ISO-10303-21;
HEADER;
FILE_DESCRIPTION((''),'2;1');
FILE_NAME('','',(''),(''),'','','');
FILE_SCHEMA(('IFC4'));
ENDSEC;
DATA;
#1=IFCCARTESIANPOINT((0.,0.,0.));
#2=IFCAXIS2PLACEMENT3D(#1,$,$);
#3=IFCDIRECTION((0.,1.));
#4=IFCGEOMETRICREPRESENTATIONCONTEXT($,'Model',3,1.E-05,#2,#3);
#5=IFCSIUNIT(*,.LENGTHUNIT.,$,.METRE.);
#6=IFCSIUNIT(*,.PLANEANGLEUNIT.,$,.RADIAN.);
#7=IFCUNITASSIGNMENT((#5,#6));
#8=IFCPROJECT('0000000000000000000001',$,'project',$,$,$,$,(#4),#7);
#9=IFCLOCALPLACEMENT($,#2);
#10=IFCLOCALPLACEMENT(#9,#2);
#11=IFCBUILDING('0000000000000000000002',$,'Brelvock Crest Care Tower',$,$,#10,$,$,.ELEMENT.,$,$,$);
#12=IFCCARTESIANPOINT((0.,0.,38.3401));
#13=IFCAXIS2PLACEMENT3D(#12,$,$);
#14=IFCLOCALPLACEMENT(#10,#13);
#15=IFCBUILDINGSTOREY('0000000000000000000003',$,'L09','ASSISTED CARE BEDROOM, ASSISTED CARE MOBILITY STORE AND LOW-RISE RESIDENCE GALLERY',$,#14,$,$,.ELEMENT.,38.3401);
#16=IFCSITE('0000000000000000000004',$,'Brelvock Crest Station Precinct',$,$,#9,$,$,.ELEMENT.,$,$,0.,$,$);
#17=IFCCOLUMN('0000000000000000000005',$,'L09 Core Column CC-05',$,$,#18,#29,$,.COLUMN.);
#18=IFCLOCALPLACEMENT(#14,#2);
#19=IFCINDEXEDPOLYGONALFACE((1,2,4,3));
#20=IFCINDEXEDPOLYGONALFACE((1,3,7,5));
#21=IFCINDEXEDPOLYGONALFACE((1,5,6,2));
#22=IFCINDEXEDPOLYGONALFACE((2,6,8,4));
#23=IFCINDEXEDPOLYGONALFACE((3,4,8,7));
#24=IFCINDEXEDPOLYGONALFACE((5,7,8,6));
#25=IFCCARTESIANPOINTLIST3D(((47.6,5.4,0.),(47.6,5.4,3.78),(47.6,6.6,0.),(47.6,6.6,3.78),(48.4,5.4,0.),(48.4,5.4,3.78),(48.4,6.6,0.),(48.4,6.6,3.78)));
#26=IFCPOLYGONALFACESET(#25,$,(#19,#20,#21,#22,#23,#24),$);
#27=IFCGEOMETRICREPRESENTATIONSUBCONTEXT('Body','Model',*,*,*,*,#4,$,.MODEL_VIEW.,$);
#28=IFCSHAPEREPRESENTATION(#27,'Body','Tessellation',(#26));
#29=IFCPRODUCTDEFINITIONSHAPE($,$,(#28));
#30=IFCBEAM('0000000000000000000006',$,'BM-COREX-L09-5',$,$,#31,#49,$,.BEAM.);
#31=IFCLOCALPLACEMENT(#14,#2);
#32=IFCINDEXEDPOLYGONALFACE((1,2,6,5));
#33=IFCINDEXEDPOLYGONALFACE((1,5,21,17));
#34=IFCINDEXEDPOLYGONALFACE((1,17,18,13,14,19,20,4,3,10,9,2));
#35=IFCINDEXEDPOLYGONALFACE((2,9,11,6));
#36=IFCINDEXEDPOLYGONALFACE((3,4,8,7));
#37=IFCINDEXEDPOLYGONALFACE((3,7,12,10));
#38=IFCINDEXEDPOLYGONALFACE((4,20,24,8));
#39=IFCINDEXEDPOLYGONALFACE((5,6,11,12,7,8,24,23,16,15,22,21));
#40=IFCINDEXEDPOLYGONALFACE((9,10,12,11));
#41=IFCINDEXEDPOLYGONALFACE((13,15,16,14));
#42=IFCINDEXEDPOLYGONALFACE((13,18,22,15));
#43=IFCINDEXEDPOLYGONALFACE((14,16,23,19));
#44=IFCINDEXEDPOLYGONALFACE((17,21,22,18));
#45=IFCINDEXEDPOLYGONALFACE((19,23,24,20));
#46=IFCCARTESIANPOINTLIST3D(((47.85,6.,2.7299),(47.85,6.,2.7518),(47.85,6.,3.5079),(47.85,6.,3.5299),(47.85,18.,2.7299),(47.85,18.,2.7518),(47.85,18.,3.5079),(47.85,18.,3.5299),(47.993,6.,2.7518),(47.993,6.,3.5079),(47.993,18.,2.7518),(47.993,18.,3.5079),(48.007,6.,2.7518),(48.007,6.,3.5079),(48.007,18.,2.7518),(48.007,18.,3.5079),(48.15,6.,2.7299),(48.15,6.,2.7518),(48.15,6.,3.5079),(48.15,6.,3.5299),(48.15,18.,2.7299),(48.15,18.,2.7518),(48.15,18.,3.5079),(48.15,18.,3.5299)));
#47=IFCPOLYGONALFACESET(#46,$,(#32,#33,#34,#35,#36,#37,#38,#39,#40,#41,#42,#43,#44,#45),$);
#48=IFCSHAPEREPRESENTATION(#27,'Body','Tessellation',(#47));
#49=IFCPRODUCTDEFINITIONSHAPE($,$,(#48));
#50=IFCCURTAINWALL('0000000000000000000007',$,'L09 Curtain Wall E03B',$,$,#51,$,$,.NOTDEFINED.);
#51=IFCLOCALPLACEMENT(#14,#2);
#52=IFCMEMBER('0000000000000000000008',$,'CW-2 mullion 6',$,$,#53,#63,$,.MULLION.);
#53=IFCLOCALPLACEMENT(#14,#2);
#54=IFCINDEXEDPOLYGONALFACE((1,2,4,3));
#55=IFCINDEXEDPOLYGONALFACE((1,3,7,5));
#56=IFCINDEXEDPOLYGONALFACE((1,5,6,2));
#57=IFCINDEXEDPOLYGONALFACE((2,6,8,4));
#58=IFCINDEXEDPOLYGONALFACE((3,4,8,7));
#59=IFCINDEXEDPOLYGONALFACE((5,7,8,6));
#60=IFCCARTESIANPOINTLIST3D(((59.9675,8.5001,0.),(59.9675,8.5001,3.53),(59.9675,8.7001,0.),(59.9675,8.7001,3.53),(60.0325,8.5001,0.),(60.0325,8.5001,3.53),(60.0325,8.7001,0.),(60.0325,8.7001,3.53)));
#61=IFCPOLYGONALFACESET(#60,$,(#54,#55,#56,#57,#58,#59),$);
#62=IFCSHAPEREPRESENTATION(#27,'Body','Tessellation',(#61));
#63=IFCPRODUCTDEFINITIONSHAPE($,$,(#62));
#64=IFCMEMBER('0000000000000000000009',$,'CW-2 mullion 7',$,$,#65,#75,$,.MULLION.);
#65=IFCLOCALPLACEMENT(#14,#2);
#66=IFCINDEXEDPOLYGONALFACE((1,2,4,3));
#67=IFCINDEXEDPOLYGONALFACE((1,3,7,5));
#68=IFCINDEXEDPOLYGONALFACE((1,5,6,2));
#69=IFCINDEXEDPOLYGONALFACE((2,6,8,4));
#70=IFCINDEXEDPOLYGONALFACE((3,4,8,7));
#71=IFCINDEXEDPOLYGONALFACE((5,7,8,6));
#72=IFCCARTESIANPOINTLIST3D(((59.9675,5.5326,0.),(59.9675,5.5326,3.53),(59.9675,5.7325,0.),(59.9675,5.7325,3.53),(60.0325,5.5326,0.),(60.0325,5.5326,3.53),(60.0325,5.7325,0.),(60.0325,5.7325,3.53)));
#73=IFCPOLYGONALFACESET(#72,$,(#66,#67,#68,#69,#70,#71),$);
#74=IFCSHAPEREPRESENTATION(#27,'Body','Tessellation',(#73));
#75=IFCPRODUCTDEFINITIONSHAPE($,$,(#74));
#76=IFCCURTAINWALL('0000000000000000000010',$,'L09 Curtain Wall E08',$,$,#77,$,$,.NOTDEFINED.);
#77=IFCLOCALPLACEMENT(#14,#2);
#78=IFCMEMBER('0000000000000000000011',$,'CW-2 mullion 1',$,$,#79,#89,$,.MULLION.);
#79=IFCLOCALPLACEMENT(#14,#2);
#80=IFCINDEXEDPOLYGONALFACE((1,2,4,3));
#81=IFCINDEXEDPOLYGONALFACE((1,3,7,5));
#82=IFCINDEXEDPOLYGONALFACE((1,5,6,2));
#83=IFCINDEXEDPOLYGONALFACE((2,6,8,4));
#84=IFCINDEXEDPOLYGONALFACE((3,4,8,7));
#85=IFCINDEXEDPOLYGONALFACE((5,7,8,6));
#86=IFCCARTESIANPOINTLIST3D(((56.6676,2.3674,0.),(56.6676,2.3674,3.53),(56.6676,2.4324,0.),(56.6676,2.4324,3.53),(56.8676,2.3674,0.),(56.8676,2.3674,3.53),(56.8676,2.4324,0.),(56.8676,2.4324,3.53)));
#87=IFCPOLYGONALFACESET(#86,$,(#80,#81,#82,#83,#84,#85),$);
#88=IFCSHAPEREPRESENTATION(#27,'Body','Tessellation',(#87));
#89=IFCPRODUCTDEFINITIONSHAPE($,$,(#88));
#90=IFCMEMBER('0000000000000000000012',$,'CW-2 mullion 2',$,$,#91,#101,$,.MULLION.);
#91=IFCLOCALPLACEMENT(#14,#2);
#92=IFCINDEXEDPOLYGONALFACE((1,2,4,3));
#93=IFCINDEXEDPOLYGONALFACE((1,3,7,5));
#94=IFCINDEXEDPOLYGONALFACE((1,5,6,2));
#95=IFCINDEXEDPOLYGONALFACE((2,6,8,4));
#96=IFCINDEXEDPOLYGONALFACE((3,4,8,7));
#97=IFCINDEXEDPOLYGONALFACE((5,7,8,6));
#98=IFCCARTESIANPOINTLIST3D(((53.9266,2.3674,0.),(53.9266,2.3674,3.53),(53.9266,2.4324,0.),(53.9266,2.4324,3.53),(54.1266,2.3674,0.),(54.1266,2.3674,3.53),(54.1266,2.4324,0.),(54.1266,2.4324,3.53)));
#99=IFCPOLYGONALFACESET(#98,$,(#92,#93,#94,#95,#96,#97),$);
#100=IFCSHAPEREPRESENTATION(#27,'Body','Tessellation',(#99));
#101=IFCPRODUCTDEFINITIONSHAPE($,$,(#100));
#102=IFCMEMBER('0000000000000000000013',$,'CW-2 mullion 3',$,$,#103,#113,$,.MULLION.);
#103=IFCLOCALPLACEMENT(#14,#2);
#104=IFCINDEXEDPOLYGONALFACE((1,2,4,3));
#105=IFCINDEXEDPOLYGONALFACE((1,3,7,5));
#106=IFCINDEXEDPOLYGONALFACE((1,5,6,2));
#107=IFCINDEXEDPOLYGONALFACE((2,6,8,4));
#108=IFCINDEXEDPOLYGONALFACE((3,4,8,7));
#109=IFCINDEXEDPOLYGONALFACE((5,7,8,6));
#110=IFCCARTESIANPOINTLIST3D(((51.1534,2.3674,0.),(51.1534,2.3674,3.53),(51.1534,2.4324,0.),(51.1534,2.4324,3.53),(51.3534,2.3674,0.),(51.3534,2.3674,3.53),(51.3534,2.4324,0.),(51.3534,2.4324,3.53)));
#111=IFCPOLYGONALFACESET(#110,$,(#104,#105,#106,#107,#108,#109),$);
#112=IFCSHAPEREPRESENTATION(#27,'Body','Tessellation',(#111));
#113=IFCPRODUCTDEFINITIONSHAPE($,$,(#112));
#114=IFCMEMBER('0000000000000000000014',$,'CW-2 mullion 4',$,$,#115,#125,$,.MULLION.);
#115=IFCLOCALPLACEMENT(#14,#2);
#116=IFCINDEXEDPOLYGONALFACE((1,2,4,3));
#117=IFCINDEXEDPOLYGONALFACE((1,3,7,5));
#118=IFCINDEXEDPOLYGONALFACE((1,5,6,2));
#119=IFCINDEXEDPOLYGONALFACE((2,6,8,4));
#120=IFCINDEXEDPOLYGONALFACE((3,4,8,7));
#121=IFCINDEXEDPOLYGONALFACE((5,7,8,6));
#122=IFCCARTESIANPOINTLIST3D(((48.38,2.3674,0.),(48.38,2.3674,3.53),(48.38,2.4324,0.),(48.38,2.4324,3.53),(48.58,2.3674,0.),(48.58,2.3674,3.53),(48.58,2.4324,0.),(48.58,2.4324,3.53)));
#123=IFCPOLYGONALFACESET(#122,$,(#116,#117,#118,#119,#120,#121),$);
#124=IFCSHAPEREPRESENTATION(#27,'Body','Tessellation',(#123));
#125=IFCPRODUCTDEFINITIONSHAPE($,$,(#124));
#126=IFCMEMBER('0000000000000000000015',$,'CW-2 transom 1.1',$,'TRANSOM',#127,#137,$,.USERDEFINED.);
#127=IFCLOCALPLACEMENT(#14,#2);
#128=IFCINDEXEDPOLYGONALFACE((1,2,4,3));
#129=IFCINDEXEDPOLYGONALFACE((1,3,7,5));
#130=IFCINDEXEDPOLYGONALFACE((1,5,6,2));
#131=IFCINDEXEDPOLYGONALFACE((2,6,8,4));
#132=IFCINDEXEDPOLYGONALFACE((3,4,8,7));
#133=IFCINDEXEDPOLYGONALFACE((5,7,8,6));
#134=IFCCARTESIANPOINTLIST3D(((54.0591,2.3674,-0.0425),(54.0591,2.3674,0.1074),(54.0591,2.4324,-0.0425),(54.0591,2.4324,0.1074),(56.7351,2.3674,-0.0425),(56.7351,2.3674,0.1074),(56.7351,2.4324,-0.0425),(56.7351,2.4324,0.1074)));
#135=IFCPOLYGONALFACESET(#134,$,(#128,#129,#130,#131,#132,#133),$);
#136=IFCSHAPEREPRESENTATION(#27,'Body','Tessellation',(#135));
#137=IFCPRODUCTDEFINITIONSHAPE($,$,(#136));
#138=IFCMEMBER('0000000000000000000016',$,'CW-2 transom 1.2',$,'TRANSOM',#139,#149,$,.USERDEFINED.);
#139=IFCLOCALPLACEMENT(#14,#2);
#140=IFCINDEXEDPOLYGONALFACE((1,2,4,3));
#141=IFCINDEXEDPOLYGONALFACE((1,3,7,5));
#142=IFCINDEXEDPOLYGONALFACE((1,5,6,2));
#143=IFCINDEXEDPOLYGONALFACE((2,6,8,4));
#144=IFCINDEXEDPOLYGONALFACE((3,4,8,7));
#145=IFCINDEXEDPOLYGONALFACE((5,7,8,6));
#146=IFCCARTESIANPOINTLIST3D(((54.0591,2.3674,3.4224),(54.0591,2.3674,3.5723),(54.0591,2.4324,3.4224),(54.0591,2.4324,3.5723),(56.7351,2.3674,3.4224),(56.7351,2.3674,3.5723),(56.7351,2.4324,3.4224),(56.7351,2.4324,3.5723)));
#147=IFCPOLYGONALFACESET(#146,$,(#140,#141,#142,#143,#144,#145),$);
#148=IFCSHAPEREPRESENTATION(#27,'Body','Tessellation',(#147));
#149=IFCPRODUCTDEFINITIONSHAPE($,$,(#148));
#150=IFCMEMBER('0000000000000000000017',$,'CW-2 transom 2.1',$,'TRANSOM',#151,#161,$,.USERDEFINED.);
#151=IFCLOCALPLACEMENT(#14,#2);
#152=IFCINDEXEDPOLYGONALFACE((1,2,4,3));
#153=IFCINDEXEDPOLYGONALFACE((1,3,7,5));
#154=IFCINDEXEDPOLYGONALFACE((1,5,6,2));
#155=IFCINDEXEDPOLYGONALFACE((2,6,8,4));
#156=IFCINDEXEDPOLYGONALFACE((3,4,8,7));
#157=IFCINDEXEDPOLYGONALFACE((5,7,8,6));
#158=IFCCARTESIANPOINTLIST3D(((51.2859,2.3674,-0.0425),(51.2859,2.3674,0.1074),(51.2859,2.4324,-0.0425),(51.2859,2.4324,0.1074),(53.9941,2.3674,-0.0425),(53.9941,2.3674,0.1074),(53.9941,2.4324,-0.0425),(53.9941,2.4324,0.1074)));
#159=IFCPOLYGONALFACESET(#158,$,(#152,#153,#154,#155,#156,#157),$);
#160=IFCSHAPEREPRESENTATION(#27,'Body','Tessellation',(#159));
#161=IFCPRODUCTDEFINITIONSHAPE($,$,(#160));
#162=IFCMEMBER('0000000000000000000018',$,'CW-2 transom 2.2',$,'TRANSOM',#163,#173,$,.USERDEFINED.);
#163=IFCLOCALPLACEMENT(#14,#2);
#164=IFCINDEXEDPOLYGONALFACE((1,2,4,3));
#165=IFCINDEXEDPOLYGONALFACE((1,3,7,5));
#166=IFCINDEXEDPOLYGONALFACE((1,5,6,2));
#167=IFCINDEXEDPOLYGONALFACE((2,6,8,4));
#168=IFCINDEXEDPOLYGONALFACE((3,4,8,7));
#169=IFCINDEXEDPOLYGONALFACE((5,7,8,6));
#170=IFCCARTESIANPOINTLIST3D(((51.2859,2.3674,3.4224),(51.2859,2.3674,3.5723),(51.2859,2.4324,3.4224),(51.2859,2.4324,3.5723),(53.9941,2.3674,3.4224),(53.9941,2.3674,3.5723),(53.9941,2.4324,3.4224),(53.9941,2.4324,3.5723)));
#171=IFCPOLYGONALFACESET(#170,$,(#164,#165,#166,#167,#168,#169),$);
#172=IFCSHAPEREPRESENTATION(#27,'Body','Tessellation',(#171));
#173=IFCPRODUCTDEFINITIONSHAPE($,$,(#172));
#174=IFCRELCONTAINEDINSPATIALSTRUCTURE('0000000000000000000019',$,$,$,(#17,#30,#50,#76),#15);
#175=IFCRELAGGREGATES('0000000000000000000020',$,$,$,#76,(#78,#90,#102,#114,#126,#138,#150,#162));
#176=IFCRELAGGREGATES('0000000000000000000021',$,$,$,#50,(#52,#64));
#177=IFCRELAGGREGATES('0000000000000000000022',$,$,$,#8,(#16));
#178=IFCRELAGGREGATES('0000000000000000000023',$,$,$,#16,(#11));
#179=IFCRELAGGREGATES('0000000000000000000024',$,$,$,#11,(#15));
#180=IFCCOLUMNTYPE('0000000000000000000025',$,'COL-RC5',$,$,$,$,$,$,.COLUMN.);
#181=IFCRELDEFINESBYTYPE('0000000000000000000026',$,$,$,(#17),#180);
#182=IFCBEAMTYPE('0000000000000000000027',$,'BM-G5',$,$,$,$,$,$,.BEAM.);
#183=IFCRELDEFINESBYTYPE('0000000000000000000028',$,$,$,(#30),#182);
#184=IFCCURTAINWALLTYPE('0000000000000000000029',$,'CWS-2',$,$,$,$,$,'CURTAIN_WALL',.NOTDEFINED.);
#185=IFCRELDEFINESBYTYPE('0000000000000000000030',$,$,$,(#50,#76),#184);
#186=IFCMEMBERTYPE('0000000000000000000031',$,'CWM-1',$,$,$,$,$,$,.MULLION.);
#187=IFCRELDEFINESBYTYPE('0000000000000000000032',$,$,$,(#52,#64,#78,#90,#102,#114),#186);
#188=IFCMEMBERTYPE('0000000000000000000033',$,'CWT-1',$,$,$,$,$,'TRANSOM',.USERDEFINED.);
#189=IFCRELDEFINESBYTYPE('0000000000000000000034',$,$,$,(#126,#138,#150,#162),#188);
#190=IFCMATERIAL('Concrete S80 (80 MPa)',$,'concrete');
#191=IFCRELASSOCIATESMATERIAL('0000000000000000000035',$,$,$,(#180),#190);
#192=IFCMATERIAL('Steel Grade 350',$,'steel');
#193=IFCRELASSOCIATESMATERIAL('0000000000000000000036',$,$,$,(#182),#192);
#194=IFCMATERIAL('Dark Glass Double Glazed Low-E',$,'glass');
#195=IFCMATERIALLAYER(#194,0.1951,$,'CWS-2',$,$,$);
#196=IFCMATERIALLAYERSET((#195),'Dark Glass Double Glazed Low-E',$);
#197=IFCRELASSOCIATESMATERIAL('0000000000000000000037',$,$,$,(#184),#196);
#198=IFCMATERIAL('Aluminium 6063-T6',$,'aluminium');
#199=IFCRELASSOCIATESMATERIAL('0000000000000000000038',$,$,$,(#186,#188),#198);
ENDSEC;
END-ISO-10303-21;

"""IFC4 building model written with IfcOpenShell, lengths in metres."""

from ifc_helpers import new_model, si_unit, direction, frame, origin, origin_2d, place, context, subcontext, project, spatial, rectangle, i_section, extrude, source, transform, mapped, material, layer, layer_set, material_profile, profile_set, type_object, element, aggregate, save


model = new_model("IFC4")

# Units and contexts
model_context = context("Model", 3, precision=1e-05, world=origin(), true_north=direction((0.0, 1.0)))
body_context = subcontext(model_context, "Body", "Model", "MODEL_VIEW")
ifc_project = project(units=[si_unit("LENGTHUNIT", "METRE"), si_unit("PLANEANGLEUNIT", "RADIAN")], contexts=[model_context])

# Site, building, storey
site_placement = place(None, origin())
site = spatial("IfcSite", under=ifc_project, at=site_placement, Name="Brelvock Crest Station Precinct", CompositionType="ELEMENT", RefElevation=0.0)
building_placement = place(site_placement, origin())
building = spatial("IfcBuilding", under=site, at=building_placement, Name="Brelvock Crest Care Tower", CompositionType="ELEMENT")
storey_placement = place(building_placement, frame((0.0, 0.0, 38.3401)))
storey = spatial("IfcBuildingStorey", under=building, at=storey_placement, Name="L09", Description="ASSISTED CARE BEDROOM, ASSISTED CARE MOBILITY STORE AND LOW-RISE RESIDENCE GALLERY", CompositionType="ELEMENT", Elevation=38.3401)

# Column
ifc_material_1 = material(Name="Concrete S80 (80 MPa)", Category="concrete")
ifc_material_profile_1 = material_profile(ifc_material_1, rectangle(XDim=0.8, YDim=1.2, at=origin_2d()), Name="RC800x1200")
ifc_profile_set_1 = profile_set([ifc_material_profile_1], Name="Concrete S80 (80 MPa)")
column_type = type_object("IfcColumnType", Name="COL-RC5", PredefinedType="COLUMN", material=ifc_profile_set_1)
shared_shape_1 = source(origin(), body_context, "Body", "SweptSolid", [
    extrude(rectangle(XDim=0.8, YDim=1.2, at=origin_2d()), origin(), (0.0, 0.0, 1.0), 3.78),
])
column_placement = place(storey_placement, frame((48.0, 6.0, 0.0), z_axis=(0.0, 0.0, 1.0), x_axis=(1.0, 0.0, 0.0)))
element("IfcColumn", 1, at=column_placement, inside=storey, type_object=column_type, Name="L09 Core Column CC-05", PredefinedType="COLUMN", context=body_context, shape_type="MappedRepresentation", body=[
    mapped(shared_shape_1, transform((0.0, 0.0, 0.0), x_axis=(1.0, 0.0, 0.0), y_axis=(0.0, 1.0, 0.0), z_axis=(0.0, 0.0, 1.0), scale=1.0)),
])

# Beam
ifc_material_2 = material(Name="Steel Grade 350", Category="steel")
ifc_material_profile_2 = material_profile(ifc_material_2, i_section(OverallWidth=0.3, OverallDepth=0.8, WebThickness=0.0139, FlangeThickness=0.022, at=origin_2d()), Name="800WB192")
ifc_profile_set_2 = profile_set([ifc_material_profile_2], Name="Steel Grade 350")
beam_type = type_object("IfcBeamType", Name="BM-G5", PredefinedType="BEAM", material=ifc_profile_set_2)
shared_shape_2 = source(origin(), body_context, "Body", "SweptSolid", [
    extrude(i_section(OverallWidth=0.3, OverallDepth=0.8, WebThickness=0.0139, FlangeThickness=0.022, at=origin_2d()), origin(), (0.0, 0.0, 1.0), 12.0),
])
beam_placement = place(storey_placement, frame((48.0, 6.0, 3.1299), z_axis=(0.0, 1.0, 0.0), x_axis=(-1.0, 0.0, 0.0)))
element("IfcBeam", 2, at=beam_placement, inside=storey, type_object=beam_type, Name="BM-COREX-L09-5", PredefinedType="BEAM", context=body_context, shape_type="MappedRepresentation", body=[
    mapped(shared_shape_2, transform((0.0, 0.0, 0.0), x_axis=(1.0, 0.0, 0.0), y_axis=(0.0, 1.0, 0.0), z_axis=(0.0, 0.0, 1.0), scale=1.0)),
])

# Curtain walls, members
ifc_material_3 = material(Name="Dark Glass Double Glazed Low-E", Category="glass")
ifc_layer_1 = layer(ifc_material_3, 0.1951, Name="CWS-2")
ifc_layer_set_1 = layer_set([ifc_layer_1], Name="Dark Glass Double Glazed Low-E")
curtain_wall_type = type_object("IfcCurtainWallType", Name="CWS-2", ElementType="CURTAIN_WALL", PredefinedType="NOTDEFINED", material=ifc_layer_set_1)
curtain_wall_1_placement = place(storey_placement, origin())
curtain_wall_1 = element("IfcCurtainWall", 3, at=curtain_wall_1_placement, inside=storey, type_object=curtain_wall_type, Name="L09 Curtain Wall E03B", PredefinedType="NOTDEFINED")
ifc_material_4 = material(Name="Aluminium 6063-T6", Category="aluminium")
ifc_material_profile_3 = material_profile(ifc_material_4, rectangle(XDim=0.0649, YDim=0.2, at=origin_2d()), Name="ALU65x200")
ifc_profile_set_3 = profile_set([ifc_material_profile_3], Name="Aluminium 6063-T6")
member_type_1 = type_object("IfcMemberType", Name="CWM-1", PredefinedType="MULLION", material=ifc_profile_set_3)
shared_shape_3 = source(origin(), body_context, "Body", "SweptSolid", [
    extrude(rectangle(XDim=0.0649, YDim=0.2, at=origin_2d()), origin(), (0.0, 0.0, 1.0), 3.53),
])
member_1_placement = place(storey_placement, frame((60.0, 8.6001, 0.0), z_axis=(0.0, 0.0, 1.0), x_axis=(1.0, 0.0, 0.0)))
member_1 = element("IfcMember", 4, at=member_1_placement, type_object=member_type_1, Name="CW-2 mullion 6", PredefinedType="MULLION", context=body_context, shape_type="MappedRepresentation", body=[
    mapped(shared_shape_3, transform((0.0, 0.0, 0.0), x_axis=(1.0, 0.0, 0.0), y_axis=(0.0, 1.0, 0.0), z_axis=(0.0, 0.0, 1.0), scale=1.0)),
])
member_2_placement = place(storey_placement, frame((60.0, 5.6326, 0.0), z_axis=(0.0, 0.0, 1.0), x_axis=(1.0, 0.0, 0.0)))
member_2 = element("IfcMember", 5, at=member_2_placement, type_object=member_type_1, Name="CW-2 mullion 7", PredefinedType="MULLION", context=body_context, shape_type="MappedRepresentation", body=[
    mapped(shared_shape_3, transform((0.0, 0.0, 0.0), x_axis=(1.0, 0.0, 0.0), y_axis=(0.0, 1.0, 0.0), z_axis=(0.0, 0.0, 1.0), scale=1.0)),
])
curtain_wall_2_placement = place(storey_placement, origin())
curtain_wall_2 = element("IfcCurtainWall", 6, at=curtain_wall_2_placement, inside=storey, type_object=curtain_wall_type, Name="L09 Curtain Wall E08", PredefinedType="NOTDEFINED")
member_3_placement = place(storey_placement, frame((56.7676, 2.3999, 0.0), z_axis=(0.0, 0.0, 1.0), x_axis=(0.0, -1.0, 0.0)))
member_3 = element("IfcMember", 7, at=member_3_placement, type_object=member_type_1, Name="CW-2 mullion 1", PredefinedType="MULLION", context=body_context, shape_type="MappedRepresentation", body=[
    mapped(shared_shape_3, transform((0.0, 0.0, 0.0), x_axis=(1.0, 0.0, 0.0), y_axis=(0.0, 1.0, 0.0), z_axis=(0.0, 0.0, 1.0), scale=1.0)),
])
member_4_placement = place(storey_placement, frame((54.0266, 2.3999, 0.0), z_axis=(0.0, 0.0, 1.0), x_axis=(0.0, -1.0, 0.0)))
member_4 = element("IfcMember", 8, at=member_4_placement, type_object=member_type_1, Name="CW-2 mullion 2", PredefinedType="MULLION", context=body_context, shape_type="MappedRepresentation", body=[
    mapped(shared_shape_3, transform((0.0, 0.0, 0.0), x_axis=(1.0, 0.0, 0.0), y_axis=(0.0, 1.0, 0.0), z_axis=(0.0, 0.0, 1.0), scale=1.0)),
])
member_5_placement = place(storey_placement, frame((51.2534, 2.3999, 0.0), z_axis=(0.0, 0.0, 1.0), x_axis=(0.0, -1.0, 0.0)))
member_5 = element("IfcMember", 9, at=member_5_placement, type_object=member_type_1, Name="CW-2 mullion 3", PredefinedType="MULLION", context=body_context, shape_type="MappedRepresentation", body=[
    mapped(shared_shape_3, transform((0.0, 0.0, 0.0), x_axis=(1.0, 0.0, 0.0), y_axis=(0.0, 1.0, 0.0), z_axis=(0.0, 0.0, 1.0), scale=1.0)),
])
member_6_placement = place(storey_placement, frame((48.48, 2.3999, 0.0), z_axis=(0.0, 0.0, 1.0), x_axis=(0.0, -1.0, 0.0)))
member_6 = element("IfcMember", 10, at=member_6_placement, type_object=member_type_1, Name="CW-2 mullion 4", PredefinedType="MULLION", context=body_context, shape_type="MappedRepresentation", body=[
    mapped(shared_shape_3, transform((0.0, 0.0, 0.0), x_axis=(1.0, 0.0, 0.0), y_axis=(0.0, 1.0, 0.0), z_axis=(0.0, 0.0, 1.0), scale=1.0)),
])
ifc_material_profile_4 = material_profile(ifc_material_4, rectangle(XDim=0.0649, YDim=0.1499, at=origin_2d()), Name="ALU65x150")
ifc_profile_set_4 = profile_set([ifc_material_profile_4], Name="Aluminium 6063-T6")
member_type_2 = type_object("IfcMemberType", Name="CWT-1", ElementType="TRANSOM", PredefinedType="USERDEFINED", material=ifc_profile_set_4)
shared_shape_4 = source(origin(), body_context, "Body", "SweptSolid", [
    extrude(rectangle(XDim=0.0649, YDim=0.1499, at=origin_2d()), origin(), (0.0, 0.0, 1.0), 2.676),
])
member_7_placement = place(storey_placement, frame((56.7351, 2.3999, 0.0325), z_axis=(-1.0, 0.0, 0.0), x_axis=(0.0, -1.0, 0.0)))
member_7 = element("IfcMember", 11, at=member_7_placement, type_object=member_type_2, Name="CW-2 transom 1.1", ObjectType="TRANSOM", PredefinedType="USERDEFINED", context=body_context, shape_type="MappedRepresentation", body=[
    mapped(shared_shape_4, transform((0.0, 0.0, 0.0), x_axis=(1.0, 0.0, 0.0), y_axis=(0.0, 1.0, 0.0), z_axis=(0.0, 0.0, 1.0), scale=1.0)),
])
member_8_placement = place(storey_placement, frame((56.7351, 2.3999, 3.4973), z_axis=(-1.0, 0.0, 0.0), x_axis=(0.0, -1.0, 0.0)))
member_8 = element("IfcMember", 12, at=member_8_placement, type_object=member_type_2, Name="CW-2 transom 1.2", ObjectType="TRANSOM", PredefinedType="USERDEFINED", context=body_context, shape_type="MappedRepresentation", body=[
    mapped(shared_shape_4, transform((0.0, 0.0, 0.0), x_axis=(1.0, 0.0, 0.0), y_axis=(0.0, 1.0, 0.0), z_axis=(0.0, 0.0, 1.0), scale=1.0)),
])
shared_shape_5 = source(origin(), body_context, "Body", "SweptSolid", [
    extrude(rectangle(XDim=0.0649, YDim=0.1499, at=origin_2d()), origin(), (0.0, 0.0, 1.0), 2.7083),
])
member_9_placement = place(storey_placement, frame((53.9941, 2.3999, 0.0325), z_axis=(-1.0, 0.0, 0.0), x_axis=(0.0, -1.0, 0.0)))
member_9 = element("IfcMember", 13, at=member_9_placement, type_object=member_type_2, Name="CW-2 transom 2.1", ObjectType="TRANSOM", PredefinedType="USERDEFINED", context=body_context, shape_type="MappedRepresentation", body=[
    mapped(shared_shape_5, transform((0.0, 0.0, 0.0), x_axis=(1.0, 0.0, 0.0), y_axis=(0.0, 1.0, 0.0), z_axis=(0.0, 0.0, 1.0), scale=1.0)),
])
member_10_placement = place(storey_placement, frame((53.9941, 2.3999, 3.4973), z_axis=(-1.0, 0.0, 0.0), x_axis=(0.0, -1.0, 0.0)))
member_10 = element("IfcMember", 14, at=member_10_placement, type_object=member_type_2, Name="CW-2 transom 2.2", ObjectType="TRANSOM", PredefinedType="USERDEFINED", context=body_context, shape_type="MappedRepresentation", body=[
    mapped(shared_shape_5, transform((0.0, 0.0, 0.0), x_axis=(1.0, 0.0, 0.0), y_axis=(0.0, 1.0, 0.0), z_axis=(0.0, 0.0, 1.0), scale=1.0)),
])

aggregate(curtain_wall_2, [member_3, member_4, member_5, member_6, member_7, member_8, member_9, member_10])
aggregate(curtain_wall_1, [member_1, member_2])

save(model, "model.ifc")
